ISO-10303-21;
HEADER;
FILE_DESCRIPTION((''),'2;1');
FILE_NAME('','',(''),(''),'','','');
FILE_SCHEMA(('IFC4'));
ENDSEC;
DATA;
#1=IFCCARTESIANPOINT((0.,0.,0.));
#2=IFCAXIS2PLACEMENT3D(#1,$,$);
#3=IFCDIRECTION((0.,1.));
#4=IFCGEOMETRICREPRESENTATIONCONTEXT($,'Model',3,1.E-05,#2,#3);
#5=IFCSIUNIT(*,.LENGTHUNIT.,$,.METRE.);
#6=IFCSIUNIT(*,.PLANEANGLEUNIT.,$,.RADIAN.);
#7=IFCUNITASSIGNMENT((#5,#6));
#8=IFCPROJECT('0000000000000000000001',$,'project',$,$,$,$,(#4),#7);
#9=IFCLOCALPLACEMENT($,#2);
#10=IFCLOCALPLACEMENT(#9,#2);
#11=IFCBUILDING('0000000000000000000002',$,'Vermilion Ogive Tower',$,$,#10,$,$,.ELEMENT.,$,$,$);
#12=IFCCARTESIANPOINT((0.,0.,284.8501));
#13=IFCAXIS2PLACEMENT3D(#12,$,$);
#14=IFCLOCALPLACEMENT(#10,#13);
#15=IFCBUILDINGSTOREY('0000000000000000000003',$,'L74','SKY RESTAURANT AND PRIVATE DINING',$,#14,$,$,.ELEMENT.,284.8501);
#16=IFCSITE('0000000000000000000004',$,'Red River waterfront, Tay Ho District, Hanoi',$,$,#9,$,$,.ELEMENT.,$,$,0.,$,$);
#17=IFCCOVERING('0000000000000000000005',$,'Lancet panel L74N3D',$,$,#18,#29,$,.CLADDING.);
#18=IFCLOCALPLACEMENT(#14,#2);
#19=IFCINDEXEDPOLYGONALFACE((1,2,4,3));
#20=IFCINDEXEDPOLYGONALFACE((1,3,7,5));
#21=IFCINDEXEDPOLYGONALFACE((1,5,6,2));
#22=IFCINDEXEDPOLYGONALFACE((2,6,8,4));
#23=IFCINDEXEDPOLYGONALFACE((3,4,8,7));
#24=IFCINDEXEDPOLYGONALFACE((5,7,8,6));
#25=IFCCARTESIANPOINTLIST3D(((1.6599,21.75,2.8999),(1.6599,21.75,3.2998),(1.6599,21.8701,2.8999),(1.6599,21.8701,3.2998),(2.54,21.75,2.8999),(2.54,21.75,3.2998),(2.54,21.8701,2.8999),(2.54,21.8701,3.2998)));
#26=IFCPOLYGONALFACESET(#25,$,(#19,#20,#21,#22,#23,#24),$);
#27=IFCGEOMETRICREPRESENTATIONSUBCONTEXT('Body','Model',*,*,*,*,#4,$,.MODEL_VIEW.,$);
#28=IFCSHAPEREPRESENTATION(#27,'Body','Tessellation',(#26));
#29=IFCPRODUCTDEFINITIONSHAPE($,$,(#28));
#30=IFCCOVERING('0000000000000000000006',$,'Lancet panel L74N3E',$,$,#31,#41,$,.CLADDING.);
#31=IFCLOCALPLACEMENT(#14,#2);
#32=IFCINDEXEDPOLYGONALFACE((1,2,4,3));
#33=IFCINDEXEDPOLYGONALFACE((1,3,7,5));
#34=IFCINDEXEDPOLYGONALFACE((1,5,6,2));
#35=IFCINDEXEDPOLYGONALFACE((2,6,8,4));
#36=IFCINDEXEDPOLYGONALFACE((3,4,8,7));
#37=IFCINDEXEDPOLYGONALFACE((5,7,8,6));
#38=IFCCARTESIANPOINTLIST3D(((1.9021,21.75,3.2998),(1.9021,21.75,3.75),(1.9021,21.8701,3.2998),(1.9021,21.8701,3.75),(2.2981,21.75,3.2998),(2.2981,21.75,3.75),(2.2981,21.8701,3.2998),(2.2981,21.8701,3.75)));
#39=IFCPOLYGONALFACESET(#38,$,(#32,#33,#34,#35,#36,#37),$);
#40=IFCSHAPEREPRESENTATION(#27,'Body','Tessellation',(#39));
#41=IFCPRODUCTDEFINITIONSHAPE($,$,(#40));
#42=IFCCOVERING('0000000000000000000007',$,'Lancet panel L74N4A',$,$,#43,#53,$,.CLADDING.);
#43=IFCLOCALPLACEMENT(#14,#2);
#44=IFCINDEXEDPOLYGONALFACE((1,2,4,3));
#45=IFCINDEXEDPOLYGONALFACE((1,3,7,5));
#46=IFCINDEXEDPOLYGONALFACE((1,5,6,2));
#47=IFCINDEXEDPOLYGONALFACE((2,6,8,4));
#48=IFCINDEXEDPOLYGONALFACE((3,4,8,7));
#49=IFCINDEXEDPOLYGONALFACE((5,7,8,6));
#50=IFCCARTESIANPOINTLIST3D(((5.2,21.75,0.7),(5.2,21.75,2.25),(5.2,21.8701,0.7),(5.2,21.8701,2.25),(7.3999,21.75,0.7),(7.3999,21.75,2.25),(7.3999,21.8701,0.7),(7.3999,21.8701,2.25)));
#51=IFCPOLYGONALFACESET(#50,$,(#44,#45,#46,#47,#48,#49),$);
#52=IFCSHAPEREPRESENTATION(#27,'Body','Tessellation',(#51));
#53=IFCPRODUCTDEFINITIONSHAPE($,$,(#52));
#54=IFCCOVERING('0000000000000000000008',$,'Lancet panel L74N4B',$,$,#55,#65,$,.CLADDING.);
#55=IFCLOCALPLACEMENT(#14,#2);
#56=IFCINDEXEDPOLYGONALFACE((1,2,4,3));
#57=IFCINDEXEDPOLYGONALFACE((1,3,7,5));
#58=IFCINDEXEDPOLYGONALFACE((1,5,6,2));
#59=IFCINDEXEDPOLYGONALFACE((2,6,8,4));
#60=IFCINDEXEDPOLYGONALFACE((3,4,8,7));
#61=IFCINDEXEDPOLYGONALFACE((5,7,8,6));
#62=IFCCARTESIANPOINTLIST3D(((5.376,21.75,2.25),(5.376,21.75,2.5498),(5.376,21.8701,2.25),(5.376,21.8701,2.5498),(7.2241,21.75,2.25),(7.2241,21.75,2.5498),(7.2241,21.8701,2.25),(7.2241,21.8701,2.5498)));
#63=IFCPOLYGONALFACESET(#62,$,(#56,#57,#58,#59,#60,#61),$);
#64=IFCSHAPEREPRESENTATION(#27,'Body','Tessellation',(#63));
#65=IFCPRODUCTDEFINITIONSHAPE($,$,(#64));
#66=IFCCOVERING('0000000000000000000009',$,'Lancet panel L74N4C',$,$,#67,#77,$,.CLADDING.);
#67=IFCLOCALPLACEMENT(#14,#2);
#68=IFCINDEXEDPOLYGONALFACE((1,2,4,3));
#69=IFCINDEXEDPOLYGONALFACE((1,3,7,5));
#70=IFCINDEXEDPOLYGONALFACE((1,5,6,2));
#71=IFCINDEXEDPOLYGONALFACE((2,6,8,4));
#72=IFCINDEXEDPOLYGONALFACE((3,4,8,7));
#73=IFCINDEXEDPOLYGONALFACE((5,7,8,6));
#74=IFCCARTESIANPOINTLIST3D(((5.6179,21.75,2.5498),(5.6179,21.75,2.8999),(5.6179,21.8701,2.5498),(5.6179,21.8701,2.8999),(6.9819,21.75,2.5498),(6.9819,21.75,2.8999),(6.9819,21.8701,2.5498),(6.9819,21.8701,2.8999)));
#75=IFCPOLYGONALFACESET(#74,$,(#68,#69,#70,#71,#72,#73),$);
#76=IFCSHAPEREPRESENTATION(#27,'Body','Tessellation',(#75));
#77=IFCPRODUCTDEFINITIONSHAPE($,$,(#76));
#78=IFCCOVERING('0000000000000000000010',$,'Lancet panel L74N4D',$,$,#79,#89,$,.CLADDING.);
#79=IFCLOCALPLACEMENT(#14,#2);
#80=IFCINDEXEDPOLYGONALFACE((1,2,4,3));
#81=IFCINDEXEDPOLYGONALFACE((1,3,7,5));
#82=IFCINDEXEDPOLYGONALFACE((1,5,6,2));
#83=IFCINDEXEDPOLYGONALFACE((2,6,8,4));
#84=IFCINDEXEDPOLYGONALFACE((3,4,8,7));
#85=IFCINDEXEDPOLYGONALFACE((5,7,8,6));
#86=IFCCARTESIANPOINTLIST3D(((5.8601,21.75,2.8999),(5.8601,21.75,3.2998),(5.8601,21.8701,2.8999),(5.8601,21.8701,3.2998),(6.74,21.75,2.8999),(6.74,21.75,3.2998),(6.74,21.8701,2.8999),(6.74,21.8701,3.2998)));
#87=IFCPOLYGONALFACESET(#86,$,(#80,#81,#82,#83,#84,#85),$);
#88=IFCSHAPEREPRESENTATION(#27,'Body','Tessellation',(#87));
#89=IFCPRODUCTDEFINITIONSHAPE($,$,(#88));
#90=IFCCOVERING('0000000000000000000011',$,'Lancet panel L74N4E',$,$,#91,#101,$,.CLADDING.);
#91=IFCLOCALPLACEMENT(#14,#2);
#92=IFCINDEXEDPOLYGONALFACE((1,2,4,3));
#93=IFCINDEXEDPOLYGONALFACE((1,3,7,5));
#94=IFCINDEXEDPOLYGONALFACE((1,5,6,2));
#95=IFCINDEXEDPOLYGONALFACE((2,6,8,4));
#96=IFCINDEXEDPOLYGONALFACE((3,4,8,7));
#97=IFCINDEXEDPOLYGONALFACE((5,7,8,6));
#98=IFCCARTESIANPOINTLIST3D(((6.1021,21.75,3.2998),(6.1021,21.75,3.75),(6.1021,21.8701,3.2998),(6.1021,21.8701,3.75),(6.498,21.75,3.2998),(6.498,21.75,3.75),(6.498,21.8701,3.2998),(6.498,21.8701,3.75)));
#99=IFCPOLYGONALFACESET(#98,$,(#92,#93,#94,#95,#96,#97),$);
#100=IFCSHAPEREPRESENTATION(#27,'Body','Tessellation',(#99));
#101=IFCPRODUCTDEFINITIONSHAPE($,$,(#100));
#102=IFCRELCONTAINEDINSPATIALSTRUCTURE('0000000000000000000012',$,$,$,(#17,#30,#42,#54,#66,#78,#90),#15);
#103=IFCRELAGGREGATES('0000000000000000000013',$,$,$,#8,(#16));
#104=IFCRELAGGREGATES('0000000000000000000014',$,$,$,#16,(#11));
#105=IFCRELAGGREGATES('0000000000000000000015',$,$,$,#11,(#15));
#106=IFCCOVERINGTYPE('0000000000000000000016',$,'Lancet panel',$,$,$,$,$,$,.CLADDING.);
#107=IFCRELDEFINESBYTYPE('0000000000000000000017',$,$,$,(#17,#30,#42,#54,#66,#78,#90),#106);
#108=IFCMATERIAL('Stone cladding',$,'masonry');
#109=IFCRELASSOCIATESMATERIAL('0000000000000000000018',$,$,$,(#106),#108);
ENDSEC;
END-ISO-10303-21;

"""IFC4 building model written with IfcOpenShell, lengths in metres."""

from ifc_helpers import new_model, si_unit, direction, frame, origin, place, context, subcontext, project, spatial, polyline, outline, extrude, material, type_object, element, save


model = new_model("IFC4")

# Units and contexts
model_context = context("Model", 3, precision=1e-05, world=origin(), true_north=direction((0.0, 1.0)))
body_context = subcontext(model_context, "Body", "Model", "MODEL_VIEW")
ifc_project = project(units=[si_unit("LENGTHUNIT", "METRE"), si_unit("PLANEANGLEUNIT", "RADIAN")], contexts=[model_context])

# Site, building, storey
site_placement = place(None, origin())
site = spatial("IfcSite", under=ifc_project, at=site_placement, Name="Red River waterfront, Tay Ho District, Hanoi", CompositionType="ELEMENT", RefElevation=0.0)
building_placement = place(site_placement, origin())
building = spatial("IfcBuilding", under=site, at=building_placement, Name="Vermilion Ogive Tower", CompositionType="ELEMENT")
storey_placement = place(building_placement, frame((0.0, 0.0, 284.8501)))
storey = spatial("IfcBuildingStorey", under=building, at=storey_placement, Name="L74", Description="SKY RESTAURANT AND PRIVATE DINING", CompositionType="ELEMENT", Elevation=284.8501)

# Coverings
ifc_material_1 = material(Name="Stone cladding", Category="masonry")
covering_type = type_object("IfcCoveringType", Name="Lancet panel", PredefinedType="CLADDING", material=ifc_material_1)
covering_1_placement = place(storey_placement, frame((0.0, 0.0, 2.8999)))
element("IfcCovering", 1, at=covering_1_placement, inside=storey, type_object=covering_type, Name="Lancet panel L74N3D", PredefinedType="CLADDING", context=body_context, shape_type="SweptSolid", body=[
    extrude(outline(polyline([(1.6599, 21.75), (2.54, 21.75), (2.54, 21.8701), (1.6599, 21.8701), (1.6599, 21.75)])), origin(), (0.0, 0.0, 1.0), 0.3999),
])
covering_2_placement = place(storey_placement, frame((0.0, 0.0, 3.2998)))
element("IfcCovering", 2, at=covering_2_placement, inside=storey, type_object=covering_type, Name="Lancet panel L74N3E", PredefinedType="CLADDING", context=body_context, shape_type="SweptSolid", body=[
    extrude(outline(polyline([(1.9021, 21.75), (2.2981, 21.75), (2.2981, 21.8701), (1.9021, 21.8701), (1.9021, 21.75)])), origin(), (0.0, 0.0, 1.0), 0.4502),
])
covering_3_placement = place(storey_placement, frame((0.0, 0.0, 0.7)))
element("IfcCovering", 3, at=covering_3_placement, inside=storey, type_object=covering_type, Name="Lancet panel L74N4A", PredefinedType="CLADDING", context=body_context, shape_type="SweptSolid", body=[
    extrude(outline(polyline([(5.2, 21.75), (7.3999, 21.75), (7.3999, 21.8701), (5.2, 21.8701), (5.2, 21.75)])), origin(), (0.0, 0.0, 1.0), 1.55),
])
covering_4_placement = place(storey_placement, frame((0.0, 0.0, 2.25)))
element("IfcCovering", 4, at=covering_4_placement, inside=storey, type_object=covering_type, Name="Lancet panel L74N4B", PredefinedType="CLADDING", context=body_context, shape_type="SweptSolid", body=[
    extrude(outline(polyline([(5.376, 21.75), (7.2241, 21.75), (7.2241, 21.8701), (5.376, 21.8701), (5.376, 21.75)])), origin(), (0.0, 0.0, 1.0), 0.2998),
])
covering_5_placement = place(storey_placement, frame((0.0, 0.0, 2.5498)))
element("IfcCovering", 5, at=covering_5_placement, inside=storey, type_object=covering_type, Name="Lancet panel L74N4C", PredefinedType="CLADDING", context=body_context, shape_type="SweptSolid", body=[
    extrude(outline(polyline([(5.6179, 21.75), (6.9819, 21.75), (6.9819, 21.8701), (5.6179, 21.8701), (5.6179, 21.75)])), origin(), (0.0, 0.0, 1.0), 0.3501),
])
covering_6_placement = place(storey_placement, frame((0.0, 0.0, 2.8999)))
element("IfcCovering", 6, at=covering_6_placement, inside=storey, type_object=covering_type, Name="Lancet panel L74N4D", PredefinedType="CLADDING", context=body_context, shape_type="SweptSolid", body=[
    extrude(outline(polyline([(5.8601, 21.75), (6.74, 21.75), (6.74, 21.8701), (5.8601, 21.8701), (5.8601, 21.75)])), origin(), (0.0, 0.0, 1.0), 0.3999),
])
covering_7_placement = place(storey_placement, frame((0.0, 0.0, 3.2998)))
element("IfcCovering", 7, at=covering_7_placement, inside=storey, type_object=covering_type, Name="Lancet panel L74N4E", PredefinedType="CLADDING", context=body_context, shape_type="SweptSolid", body=[
    extrude(outline(polyline([(6.1021, 21.75), (6.498, 21.75), (6.498, 21.8701), (6.1021, 21.8701), (6.1021, 21.75)])), origin(), (0.0, 0.0, 1.0), 0.4502),
])

save(model, "model.ifc")
